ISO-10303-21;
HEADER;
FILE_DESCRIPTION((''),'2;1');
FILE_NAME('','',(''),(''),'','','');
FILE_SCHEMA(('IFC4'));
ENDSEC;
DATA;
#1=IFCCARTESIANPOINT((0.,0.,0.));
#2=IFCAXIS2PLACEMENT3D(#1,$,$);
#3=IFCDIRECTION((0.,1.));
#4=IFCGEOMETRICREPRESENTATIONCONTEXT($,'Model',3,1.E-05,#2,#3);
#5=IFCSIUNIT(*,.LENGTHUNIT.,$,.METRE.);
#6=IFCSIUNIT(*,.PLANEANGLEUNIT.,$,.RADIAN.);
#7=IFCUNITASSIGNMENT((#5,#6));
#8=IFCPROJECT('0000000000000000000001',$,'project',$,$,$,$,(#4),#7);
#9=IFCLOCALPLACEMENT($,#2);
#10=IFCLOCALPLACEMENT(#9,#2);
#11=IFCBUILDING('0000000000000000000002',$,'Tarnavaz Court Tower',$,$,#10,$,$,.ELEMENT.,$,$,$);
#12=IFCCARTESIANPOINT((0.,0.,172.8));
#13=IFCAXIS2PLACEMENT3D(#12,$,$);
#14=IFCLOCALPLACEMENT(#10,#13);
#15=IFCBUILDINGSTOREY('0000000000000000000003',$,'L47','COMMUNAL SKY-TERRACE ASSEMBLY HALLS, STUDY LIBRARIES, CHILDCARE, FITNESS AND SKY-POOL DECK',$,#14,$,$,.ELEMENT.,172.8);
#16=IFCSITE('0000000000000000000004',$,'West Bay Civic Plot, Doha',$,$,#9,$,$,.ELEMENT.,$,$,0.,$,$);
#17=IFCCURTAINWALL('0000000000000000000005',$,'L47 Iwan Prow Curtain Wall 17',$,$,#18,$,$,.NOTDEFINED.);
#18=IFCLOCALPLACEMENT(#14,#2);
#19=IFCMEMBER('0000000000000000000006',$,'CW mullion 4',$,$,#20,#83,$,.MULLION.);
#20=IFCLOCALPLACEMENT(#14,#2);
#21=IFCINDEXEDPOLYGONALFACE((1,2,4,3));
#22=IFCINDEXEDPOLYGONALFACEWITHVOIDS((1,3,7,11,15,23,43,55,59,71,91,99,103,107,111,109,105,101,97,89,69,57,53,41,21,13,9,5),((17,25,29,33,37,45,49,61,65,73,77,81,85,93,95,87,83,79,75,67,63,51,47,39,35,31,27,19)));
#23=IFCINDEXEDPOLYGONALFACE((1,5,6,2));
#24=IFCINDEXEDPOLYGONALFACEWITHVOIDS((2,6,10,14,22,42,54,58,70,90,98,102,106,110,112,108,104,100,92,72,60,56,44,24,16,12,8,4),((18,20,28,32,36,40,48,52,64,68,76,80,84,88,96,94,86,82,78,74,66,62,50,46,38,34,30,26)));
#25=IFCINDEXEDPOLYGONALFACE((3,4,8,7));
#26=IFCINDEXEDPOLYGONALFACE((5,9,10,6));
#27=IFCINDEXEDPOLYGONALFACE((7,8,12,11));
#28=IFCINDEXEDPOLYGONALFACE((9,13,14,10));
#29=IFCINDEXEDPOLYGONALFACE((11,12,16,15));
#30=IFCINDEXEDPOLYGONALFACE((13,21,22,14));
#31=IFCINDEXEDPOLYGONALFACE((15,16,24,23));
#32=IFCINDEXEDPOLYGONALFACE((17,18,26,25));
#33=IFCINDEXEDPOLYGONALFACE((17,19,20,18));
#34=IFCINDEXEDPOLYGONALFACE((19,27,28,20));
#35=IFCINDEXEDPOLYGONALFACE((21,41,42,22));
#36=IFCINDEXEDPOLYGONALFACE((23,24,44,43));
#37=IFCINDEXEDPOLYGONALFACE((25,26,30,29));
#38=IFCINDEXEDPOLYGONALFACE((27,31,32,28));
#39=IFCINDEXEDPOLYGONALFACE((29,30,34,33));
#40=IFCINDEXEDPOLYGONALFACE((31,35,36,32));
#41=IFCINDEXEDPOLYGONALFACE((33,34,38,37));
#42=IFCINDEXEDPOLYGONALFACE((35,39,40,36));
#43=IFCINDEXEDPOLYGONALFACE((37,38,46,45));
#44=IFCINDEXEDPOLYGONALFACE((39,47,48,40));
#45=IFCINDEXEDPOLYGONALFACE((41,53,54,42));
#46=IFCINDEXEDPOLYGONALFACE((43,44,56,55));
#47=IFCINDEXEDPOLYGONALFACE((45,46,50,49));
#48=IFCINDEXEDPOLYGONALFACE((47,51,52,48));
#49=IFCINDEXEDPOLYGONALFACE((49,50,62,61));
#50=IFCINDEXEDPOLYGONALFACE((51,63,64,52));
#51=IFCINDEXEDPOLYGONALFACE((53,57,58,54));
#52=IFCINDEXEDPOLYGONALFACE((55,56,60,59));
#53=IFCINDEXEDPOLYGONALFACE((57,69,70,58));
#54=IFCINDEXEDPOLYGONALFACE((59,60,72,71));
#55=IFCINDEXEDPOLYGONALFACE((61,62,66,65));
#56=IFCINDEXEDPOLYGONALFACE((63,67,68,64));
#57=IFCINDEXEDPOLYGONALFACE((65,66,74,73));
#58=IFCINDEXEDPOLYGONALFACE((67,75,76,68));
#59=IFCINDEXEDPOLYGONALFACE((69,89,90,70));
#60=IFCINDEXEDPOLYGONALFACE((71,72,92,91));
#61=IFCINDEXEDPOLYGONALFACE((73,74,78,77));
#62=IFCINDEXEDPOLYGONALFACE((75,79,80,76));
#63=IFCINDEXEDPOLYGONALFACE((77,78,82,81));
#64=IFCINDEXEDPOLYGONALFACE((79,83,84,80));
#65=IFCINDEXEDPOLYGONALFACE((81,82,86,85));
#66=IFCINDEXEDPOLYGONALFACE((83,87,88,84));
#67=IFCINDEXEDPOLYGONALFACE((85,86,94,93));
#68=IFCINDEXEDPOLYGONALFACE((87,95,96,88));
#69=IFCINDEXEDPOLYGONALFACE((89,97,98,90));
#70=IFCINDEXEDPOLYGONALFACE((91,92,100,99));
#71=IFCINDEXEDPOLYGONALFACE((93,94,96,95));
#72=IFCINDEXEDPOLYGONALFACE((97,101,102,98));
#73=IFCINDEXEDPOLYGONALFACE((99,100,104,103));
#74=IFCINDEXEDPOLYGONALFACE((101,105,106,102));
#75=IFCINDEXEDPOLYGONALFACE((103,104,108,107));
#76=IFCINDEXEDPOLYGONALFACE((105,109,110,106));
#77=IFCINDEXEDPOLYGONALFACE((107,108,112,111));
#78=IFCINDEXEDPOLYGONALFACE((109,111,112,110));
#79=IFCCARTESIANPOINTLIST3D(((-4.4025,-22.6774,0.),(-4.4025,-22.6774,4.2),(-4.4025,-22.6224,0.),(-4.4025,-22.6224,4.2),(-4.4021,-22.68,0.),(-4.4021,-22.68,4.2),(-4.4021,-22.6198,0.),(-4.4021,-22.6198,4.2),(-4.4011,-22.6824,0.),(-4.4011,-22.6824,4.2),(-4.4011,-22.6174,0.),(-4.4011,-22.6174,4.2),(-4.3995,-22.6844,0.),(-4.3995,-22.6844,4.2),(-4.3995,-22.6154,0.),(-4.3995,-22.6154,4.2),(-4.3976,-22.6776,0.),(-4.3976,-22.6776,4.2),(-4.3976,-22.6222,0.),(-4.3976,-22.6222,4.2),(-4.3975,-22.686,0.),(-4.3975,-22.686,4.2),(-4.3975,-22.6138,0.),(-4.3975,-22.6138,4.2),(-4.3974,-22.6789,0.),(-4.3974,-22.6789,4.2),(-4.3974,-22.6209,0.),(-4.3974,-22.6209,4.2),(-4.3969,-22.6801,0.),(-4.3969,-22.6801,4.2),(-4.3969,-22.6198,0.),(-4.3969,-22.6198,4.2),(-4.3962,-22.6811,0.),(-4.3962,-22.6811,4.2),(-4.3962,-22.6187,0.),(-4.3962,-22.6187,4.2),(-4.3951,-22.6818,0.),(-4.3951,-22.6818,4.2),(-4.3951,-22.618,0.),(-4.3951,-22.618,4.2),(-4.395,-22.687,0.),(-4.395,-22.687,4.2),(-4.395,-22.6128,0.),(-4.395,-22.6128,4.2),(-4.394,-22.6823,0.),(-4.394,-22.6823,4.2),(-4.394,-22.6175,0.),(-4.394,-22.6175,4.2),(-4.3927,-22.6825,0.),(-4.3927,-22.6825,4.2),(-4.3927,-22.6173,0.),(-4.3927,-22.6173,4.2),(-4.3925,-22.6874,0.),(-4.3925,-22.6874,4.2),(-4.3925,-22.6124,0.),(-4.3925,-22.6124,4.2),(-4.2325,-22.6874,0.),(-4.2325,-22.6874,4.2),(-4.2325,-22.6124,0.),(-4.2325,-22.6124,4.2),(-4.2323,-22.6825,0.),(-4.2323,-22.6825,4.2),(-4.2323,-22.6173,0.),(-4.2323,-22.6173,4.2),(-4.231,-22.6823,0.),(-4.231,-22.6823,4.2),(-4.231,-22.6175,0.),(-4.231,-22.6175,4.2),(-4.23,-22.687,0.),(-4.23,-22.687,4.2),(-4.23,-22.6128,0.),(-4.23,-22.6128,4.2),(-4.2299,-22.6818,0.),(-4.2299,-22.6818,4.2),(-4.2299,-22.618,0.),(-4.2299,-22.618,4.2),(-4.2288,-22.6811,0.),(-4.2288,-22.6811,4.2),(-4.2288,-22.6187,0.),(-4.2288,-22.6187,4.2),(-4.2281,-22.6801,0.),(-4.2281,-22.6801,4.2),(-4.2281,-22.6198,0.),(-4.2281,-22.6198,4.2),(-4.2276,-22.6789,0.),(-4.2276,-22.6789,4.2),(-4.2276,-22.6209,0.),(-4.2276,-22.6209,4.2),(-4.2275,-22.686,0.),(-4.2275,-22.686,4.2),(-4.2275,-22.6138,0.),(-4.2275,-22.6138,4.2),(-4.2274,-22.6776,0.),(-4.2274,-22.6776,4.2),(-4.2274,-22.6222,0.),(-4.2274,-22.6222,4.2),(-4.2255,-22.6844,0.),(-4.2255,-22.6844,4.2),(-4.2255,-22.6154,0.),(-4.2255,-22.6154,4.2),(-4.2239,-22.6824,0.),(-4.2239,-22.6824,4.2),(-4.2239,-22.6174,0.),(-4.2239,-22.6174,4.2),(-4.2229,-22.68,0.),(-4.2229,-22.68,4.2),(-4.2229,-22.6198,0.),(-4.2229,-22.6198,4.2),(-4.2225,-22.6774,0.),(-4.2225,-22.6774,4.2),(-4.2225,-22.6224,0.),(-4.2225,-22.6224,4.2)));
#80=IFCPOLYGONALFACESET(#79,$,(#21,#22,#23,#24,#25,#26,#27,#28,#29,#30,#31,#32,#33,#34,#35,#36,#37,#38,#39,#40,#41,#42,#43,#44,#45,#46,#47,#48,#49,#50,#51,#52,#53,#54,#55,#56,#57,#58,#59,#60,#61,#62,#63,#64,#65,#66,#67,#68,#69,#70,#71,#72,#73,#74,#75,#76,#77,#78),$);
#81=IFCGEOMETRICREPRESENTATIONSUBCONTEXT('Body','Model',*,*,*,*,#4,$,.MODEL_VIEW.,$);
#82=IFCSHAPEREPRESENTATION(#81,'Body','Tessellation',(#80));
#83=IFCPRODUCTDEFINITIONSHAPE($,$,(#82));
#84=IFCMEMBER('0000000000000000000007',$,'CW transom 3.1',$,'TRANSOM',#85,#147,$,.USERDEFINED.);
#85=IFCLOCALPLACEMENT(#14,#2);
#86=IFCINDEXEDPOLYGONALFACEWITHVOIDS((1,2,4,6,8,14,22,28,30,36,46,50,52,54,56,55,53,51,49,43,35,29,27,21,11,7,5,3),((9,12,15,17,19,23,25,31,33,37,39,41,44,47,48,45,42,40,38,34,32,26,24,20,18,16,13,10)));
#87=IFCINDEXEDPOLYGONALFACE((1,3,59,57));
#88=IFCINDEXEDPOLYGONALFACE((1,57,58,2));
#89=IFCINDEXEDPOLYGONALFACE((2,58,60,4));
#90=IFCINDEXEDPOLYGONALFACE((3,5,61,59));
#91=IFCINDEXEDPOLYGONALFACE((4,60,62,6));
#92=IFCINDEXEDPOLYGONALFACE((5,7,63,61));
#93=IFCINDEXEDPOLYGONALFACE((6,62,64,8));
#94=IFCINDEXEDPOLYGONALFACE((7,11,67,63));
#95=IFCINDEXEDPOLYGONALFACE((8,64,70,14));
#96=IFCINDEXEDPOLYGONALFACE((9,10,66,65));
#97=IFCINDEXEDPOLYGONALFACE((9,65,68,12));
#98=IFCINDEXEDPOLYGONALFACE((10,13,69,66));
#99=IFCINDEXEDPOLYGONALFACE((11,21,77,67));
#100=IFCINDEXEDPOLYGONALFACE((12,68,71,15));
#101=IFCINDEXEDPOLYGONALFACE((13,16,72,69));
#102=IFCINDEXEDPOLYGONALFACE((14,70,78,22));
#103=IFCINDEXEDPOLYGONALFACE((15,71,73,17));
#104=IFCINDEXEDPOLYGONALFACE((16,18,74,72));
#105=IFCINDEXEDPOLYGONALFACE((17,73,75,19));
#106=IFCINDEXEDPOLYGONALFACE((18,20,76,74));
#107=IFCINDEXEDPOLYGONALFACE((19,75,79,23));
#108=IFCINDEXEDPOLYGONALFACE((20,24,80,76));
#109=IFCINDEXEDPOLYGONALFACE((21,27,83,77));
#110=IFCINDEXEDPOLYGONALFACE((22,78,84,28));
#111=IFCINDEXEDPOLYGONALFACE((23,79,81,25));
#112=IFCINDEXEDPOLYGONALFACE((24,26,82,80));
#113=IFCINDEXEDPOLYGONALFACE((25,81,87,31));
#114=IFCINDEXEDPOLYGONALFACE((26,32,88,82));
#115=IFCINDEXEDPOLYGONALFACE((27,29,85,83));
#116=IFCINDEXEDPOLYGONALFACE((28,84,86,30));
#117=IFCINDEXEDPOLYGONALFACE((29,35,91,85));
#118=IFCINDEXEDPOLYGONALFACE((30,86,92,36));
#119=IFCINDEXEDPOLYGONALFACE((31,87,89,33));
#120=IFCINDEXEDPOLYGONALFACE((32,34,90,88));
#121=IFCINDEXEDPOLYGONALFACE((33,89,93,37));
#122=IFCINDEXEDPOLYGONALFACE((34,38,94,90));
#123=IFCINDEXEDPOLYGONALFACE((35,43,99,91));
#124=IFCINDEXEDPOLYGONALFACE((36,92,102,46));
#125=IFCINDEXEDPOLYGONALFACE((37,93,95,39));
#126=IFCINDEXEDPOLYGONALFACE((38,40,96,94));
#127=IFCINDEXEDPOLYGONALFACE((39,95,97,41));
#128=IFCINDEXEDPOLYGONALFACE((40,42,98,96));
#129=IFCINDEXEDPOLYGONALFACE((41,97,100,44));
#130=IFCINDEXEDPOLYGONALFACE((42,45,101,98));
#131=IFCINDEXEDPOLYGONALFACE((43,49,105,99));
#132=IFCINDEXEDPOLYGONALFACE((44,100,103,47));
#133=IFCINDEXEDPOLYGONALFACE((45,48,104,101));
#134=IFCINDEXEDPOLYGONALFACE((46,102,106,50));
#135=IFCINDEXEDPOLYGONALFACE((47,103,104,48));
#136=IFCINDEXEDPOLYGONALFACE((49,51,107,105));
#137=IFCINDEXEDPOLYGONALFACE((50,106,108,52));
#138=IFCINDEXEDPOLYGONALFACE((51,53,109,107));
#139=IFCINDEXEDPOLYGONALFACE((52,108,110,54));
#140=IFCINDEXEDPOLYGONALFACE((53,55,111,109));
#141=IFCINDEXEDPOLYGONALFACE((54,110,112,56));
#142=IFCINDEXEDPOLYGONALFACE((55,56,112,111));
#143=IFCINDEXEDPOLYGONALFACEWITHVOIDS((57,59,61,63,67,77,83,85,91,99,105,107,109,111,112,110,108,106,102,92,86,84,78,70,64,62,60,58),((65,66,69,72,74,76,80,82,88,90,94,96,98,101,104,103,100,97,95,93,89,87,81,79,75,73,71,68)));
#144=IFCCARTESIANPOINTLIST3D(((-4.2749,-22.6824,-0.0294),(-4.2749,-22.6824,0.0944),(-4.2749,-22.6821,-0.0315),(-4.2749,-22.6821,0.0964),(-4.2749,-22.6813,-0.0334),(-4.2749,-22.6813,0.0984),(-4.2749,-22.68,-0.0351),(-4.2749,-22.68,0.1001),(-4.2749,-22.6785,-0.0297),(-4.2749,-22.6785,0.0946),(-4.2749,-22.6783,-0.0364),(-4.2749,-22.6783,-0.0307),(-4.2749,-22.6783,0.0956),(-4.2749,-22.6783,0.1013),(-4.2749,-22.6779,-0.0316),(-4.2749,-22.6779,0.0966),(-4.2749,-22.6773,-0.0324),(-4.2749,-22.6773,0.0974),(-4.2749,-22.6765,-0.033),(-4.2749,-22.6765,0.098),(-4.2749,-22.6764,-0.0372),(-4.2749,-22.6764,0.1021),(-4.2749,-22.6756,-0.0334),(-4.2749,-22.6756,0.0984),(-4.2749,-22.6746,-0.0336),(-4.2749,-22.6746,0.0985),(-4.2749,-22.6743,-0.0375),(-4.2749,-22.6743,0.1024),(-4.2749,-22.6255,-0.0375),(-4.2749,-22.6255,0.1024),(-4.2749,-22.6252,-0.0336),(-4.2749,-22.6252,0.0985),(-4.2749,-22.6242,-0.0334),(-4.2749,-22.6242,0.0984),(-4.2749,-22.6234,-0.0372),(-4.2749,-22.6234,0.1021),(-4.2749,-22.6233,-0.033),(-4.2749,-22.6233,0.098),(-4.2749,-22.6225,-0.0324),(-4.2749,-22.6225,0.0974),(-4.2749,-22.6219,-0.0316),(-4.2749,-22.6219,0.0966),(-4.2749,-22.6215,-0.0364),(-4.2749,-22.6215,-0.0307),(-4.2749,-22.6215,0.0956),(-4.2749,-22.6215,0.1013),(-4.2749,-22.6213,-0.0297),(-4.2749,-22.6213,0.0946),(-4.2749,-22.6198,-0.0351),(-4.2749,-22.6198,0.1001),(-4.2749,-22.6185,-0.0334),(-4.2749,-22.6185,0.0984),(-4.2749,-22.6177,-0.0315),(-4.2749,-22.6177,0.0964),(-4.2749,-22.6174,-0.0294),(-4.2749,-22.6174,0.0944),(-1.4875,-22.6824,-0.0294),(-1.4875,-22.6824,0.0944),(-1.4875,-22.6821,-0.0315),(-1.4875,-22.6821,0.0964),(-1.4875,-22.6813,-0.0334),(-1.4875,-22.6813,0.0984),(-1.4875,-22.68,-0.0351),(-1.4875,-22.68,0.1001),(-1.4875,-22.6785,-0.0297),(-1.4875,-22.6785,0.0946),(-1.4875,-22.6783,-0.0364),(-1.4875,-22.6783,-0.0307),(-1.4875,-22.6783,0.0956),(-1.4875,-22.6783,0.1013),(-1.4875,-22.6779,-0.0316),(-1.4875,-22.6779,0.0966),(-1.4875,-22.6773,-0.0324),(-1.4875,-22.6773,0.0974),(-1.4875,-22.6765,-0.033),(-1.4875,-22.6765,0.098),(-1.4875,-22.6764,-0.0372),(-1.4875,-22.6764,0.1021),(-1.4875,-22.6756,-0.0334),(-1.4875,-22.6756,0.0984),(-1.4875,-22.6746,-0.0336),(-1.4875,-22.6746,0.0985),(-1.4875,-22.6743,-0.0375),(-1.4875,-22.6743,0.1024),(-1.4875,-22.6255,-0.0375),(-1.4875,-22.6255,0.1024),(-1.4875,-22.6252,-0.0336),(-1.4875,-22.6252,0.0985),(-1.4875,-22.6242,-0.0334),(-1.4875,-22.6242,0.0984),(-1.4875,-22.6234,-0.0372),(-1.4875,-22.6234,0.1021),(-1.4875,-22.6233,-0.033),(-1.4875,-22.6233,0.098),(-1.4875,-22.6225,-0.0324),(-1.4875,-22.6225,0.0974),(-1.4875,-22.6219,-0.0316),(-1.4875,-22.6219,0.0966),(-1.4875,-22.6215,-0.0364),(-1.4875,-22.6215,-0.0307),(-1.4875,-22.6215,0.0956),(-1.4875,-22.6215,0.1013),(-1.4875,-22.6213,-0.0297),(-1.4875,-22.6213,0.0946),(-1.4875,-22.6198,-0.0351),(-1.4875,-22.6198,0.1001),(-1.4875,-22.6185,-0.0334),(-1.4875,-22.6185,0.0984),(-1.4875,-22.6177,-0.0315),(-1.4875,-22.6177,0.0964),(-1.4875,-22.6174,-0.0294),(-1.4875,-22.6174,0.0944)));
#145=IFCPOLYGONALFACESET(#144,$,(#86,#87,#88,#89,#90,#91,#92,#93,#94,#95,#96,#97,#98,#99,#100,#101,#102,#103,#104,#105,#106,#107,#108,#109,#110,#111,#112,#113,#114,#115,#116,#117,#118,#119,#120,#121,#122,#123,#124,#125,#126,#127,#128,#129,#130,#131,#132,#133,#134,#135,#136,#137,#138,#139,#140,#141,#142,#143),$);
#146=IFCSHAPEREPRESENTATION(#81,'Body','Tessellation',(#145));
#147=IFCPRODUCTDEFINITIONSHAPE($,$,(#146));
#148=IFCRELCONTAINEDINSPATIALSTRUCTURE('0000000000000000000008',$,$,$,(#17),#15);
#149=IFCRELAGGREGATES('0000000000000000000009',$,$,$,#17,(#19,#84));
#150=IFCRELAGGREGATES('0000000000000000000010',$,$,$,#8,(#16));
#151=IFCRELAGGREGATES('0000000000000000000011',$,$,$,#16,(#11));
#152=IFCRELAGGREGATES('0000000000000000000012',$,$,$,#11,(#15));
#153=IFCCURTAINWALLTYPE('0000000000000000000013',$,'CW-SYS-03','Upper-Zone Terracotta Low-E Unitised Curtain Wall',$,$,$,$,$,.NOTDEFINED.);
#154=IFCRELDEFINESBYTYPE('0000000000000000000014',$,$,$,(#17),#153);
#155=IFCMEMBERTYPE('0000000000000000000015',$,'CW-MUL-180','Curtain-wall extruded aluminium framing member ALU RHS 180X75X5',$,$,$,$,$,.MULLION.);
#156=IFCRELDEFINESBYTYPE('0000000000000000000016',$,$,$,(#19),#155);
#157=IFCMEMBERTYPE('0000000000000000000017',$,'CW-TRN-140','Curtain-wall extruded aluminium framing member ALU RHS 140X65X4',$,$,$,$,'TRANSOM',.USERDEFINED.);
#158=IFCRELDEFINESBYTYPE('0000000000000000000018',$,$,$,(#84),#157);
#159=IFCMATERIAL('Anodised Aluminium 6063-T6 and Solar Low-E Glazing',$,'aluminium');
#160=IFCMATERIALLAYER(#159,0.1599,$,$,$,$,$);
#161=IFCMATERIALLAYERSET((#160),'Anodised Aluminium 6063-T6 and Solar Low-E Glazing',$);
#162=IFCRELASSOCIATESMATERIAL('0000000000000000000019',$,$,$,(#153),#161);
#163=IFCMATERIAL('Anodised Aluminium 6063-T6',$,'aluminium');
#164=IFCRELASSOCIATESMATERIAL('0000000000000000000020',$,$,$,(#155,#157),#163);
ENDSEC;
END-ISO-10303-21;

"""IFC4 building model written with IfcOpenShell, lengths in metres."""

from ifc_helpers import new_model, si_unit, direction, frame, origin, origin_2d, place, context, subcontext, project, spatial, hollow_rectangle, extrude, material, layer, layer_set, material_profile, profile_set, type_object, element, aggregate, save


model = new_model("IFC4")

# Units and contexts
model_context = context("Model", 3, precision=1e-05, world=origin(), true_north=direction((0.0, 1.0)))
body_context = subcontext(model_context, "Body", "Model", "MODEL_VIEW")
ifc_project = project(units=[si_unit("LENGTHUNIT", "METRE"), si_unit("PLANEANGLEUNIT", "RADIAN")], contexts=[model_context])

# Site, building, storey
site_placement = place(None, origin())
site = spatial("IfcSite", under=ifc_project, at=site_placement, Name="West Bay Civic Plot, Doha", CompositionType="ELEMENT", RefElevation=0.0)
building_placement = place(site_placement, origin())
building = spatial("IfcBuilding", under=site, at=building_placement, Name="Tarnavaz Court Tower", CompositionType="ELEMENT")
storey_placement = place(building_placement, frame((0.0, 0.0, 172.8)))
storey = spatial("IfcBuildingStorey", under=building, at=storey_placement, Name="L47", Description="COMMUNAL SKY-TERRACE ASSEMBLY HALLS, STUDY LIBRARIES, CHILDCARE, FITNESS AND SKY-POOL DECK", CompositionType="ELEMENT", Elevation=172.8)

# Curtain wall, members
ifc_material_1 = material(Name="Anodised Aluminium 6063-T6 and Solar Low-E Glazing", Category="aluminium")
ifc_layer_1 = layer(ifc_material_1, 0.1599)
ifc_layer_set_1 = layer_set([ifc_layer_1], Name="Anodised Aluminium 6063-T6 and Solar Low-E Glazing")
curtain_wall_type = type_object("IfcCurtainWallType", Name="CW-SYS-03", Description="Upper-Zone Terracotta Low-E Unitised Curtain Wall", PredefinedType="NOTDEFINED", material=ifc_layer_set_1)
curtain_wall_placement = place(storey_placement, origin())
curtain_wall = element("IfcCurtainWall", 1, at=curtain_wall_placement, inside=storey, type_object=curtain_wall_type, Name="L47 Iwan Prow Curtain Wall 17", PredefinedType="NOTDEFINED")
ifc_material_2 = material(Name="Anodised Aluminium 6063-T6", Category="aluminium")
ifc_material_profile_1 = material_profile(ifc_material_2, hollow_rectangle(XDim=0.075, YDim=0.1799, WallThickness=0.0049, InnerFilletRadius=0.0049, OuterFilletRadius=0.01, at=origin_2d()), Name="ALU RHS 180X75X5")
ifc_profile_set_1 = profile_set([ifc_material_profile_1], Name="Anodised Aluminium 6063-T6")
member_type_1 = type_object("IfcMemberType", Name="CW-MUL-180", Description="Curtain-wall extruded aluminium framing member ALU RHS 180X75X5", PredefinedType="MULLION", material=ifc_profile_set_1)
member_1_placement = place(storey_placement, frame((-4.3125, -22.6499, 0.0), z_axis=(0.0, 0.0, 1.0), x_axis=(0.0, -1.0, 0.0)))
member_1 = element("IfcMember", 2, at=member_1_placement, type_object=member_type_1, Name="CW mullion 4", PredefinedType="MULLION", context=body_context, shape_type="SweptSolid", body=[
    extrude(hollow_rectangle(XDim=0.075, YDim=0.1799, WallThickness=0.0049, InnerFilletRadius=0.0049, OuterFilletRadius=0.01, at=origin_2d()), origin(), (0.0, 0.0, 1.0), 4.2),
])
ifc_material_profile_2 = material_profile(ifc_material_2, hollow_rectangle(XDim=0.0649, YDim=0.1399, WallThickness=0.0039, InnerFilletRadius=0.0039, OuterFilletRadius=0.0081, at=origin_2d()), Name="ALU RHS 140X65X4")
ifc_profile_set_2 = profile_set([ifc_material_profile_2], Name="Anodised Aluminium 6063-T6")
member_type_2 = type_object("IfcMemberType", Name="CW-TRN-140", Description="Curtain-wall extruded aluminium framing member ALU RHS 140X65X4", ElementType="TRANSOM", PredefinedType="USERDEFINED", material=ifc_profile_set_2)
member_2_placement = place(storey_placement, frame((-1.4875, -22.6499, 0.0325), z_axis=(-1.0, 0.0, 0.0), x_axis=(0.0, -1.0, 0.0)))
member_2 = element("IfcMember", 3, at=member_2_placement, type_object=member_type_2, Name="CW transom 3.1", ObjectType="TRANSOM", PredefinedType="USERDEFINED", context=body_context, shape_type="SweptSolid", body=[
    extrude(hollow_rectangle(XDim=0.0649, YDim=0.1399, WallThickness=0.0039, InnerFilletRadius=0.0039, OuterFilletRadius=0.0081, at=origin_2d()), origin(), (0.0, 0.0, 1.0), 2.7874),
])
aggregate(curtain_wall, [member_1, member_2])

save(model, "model.ifc")
